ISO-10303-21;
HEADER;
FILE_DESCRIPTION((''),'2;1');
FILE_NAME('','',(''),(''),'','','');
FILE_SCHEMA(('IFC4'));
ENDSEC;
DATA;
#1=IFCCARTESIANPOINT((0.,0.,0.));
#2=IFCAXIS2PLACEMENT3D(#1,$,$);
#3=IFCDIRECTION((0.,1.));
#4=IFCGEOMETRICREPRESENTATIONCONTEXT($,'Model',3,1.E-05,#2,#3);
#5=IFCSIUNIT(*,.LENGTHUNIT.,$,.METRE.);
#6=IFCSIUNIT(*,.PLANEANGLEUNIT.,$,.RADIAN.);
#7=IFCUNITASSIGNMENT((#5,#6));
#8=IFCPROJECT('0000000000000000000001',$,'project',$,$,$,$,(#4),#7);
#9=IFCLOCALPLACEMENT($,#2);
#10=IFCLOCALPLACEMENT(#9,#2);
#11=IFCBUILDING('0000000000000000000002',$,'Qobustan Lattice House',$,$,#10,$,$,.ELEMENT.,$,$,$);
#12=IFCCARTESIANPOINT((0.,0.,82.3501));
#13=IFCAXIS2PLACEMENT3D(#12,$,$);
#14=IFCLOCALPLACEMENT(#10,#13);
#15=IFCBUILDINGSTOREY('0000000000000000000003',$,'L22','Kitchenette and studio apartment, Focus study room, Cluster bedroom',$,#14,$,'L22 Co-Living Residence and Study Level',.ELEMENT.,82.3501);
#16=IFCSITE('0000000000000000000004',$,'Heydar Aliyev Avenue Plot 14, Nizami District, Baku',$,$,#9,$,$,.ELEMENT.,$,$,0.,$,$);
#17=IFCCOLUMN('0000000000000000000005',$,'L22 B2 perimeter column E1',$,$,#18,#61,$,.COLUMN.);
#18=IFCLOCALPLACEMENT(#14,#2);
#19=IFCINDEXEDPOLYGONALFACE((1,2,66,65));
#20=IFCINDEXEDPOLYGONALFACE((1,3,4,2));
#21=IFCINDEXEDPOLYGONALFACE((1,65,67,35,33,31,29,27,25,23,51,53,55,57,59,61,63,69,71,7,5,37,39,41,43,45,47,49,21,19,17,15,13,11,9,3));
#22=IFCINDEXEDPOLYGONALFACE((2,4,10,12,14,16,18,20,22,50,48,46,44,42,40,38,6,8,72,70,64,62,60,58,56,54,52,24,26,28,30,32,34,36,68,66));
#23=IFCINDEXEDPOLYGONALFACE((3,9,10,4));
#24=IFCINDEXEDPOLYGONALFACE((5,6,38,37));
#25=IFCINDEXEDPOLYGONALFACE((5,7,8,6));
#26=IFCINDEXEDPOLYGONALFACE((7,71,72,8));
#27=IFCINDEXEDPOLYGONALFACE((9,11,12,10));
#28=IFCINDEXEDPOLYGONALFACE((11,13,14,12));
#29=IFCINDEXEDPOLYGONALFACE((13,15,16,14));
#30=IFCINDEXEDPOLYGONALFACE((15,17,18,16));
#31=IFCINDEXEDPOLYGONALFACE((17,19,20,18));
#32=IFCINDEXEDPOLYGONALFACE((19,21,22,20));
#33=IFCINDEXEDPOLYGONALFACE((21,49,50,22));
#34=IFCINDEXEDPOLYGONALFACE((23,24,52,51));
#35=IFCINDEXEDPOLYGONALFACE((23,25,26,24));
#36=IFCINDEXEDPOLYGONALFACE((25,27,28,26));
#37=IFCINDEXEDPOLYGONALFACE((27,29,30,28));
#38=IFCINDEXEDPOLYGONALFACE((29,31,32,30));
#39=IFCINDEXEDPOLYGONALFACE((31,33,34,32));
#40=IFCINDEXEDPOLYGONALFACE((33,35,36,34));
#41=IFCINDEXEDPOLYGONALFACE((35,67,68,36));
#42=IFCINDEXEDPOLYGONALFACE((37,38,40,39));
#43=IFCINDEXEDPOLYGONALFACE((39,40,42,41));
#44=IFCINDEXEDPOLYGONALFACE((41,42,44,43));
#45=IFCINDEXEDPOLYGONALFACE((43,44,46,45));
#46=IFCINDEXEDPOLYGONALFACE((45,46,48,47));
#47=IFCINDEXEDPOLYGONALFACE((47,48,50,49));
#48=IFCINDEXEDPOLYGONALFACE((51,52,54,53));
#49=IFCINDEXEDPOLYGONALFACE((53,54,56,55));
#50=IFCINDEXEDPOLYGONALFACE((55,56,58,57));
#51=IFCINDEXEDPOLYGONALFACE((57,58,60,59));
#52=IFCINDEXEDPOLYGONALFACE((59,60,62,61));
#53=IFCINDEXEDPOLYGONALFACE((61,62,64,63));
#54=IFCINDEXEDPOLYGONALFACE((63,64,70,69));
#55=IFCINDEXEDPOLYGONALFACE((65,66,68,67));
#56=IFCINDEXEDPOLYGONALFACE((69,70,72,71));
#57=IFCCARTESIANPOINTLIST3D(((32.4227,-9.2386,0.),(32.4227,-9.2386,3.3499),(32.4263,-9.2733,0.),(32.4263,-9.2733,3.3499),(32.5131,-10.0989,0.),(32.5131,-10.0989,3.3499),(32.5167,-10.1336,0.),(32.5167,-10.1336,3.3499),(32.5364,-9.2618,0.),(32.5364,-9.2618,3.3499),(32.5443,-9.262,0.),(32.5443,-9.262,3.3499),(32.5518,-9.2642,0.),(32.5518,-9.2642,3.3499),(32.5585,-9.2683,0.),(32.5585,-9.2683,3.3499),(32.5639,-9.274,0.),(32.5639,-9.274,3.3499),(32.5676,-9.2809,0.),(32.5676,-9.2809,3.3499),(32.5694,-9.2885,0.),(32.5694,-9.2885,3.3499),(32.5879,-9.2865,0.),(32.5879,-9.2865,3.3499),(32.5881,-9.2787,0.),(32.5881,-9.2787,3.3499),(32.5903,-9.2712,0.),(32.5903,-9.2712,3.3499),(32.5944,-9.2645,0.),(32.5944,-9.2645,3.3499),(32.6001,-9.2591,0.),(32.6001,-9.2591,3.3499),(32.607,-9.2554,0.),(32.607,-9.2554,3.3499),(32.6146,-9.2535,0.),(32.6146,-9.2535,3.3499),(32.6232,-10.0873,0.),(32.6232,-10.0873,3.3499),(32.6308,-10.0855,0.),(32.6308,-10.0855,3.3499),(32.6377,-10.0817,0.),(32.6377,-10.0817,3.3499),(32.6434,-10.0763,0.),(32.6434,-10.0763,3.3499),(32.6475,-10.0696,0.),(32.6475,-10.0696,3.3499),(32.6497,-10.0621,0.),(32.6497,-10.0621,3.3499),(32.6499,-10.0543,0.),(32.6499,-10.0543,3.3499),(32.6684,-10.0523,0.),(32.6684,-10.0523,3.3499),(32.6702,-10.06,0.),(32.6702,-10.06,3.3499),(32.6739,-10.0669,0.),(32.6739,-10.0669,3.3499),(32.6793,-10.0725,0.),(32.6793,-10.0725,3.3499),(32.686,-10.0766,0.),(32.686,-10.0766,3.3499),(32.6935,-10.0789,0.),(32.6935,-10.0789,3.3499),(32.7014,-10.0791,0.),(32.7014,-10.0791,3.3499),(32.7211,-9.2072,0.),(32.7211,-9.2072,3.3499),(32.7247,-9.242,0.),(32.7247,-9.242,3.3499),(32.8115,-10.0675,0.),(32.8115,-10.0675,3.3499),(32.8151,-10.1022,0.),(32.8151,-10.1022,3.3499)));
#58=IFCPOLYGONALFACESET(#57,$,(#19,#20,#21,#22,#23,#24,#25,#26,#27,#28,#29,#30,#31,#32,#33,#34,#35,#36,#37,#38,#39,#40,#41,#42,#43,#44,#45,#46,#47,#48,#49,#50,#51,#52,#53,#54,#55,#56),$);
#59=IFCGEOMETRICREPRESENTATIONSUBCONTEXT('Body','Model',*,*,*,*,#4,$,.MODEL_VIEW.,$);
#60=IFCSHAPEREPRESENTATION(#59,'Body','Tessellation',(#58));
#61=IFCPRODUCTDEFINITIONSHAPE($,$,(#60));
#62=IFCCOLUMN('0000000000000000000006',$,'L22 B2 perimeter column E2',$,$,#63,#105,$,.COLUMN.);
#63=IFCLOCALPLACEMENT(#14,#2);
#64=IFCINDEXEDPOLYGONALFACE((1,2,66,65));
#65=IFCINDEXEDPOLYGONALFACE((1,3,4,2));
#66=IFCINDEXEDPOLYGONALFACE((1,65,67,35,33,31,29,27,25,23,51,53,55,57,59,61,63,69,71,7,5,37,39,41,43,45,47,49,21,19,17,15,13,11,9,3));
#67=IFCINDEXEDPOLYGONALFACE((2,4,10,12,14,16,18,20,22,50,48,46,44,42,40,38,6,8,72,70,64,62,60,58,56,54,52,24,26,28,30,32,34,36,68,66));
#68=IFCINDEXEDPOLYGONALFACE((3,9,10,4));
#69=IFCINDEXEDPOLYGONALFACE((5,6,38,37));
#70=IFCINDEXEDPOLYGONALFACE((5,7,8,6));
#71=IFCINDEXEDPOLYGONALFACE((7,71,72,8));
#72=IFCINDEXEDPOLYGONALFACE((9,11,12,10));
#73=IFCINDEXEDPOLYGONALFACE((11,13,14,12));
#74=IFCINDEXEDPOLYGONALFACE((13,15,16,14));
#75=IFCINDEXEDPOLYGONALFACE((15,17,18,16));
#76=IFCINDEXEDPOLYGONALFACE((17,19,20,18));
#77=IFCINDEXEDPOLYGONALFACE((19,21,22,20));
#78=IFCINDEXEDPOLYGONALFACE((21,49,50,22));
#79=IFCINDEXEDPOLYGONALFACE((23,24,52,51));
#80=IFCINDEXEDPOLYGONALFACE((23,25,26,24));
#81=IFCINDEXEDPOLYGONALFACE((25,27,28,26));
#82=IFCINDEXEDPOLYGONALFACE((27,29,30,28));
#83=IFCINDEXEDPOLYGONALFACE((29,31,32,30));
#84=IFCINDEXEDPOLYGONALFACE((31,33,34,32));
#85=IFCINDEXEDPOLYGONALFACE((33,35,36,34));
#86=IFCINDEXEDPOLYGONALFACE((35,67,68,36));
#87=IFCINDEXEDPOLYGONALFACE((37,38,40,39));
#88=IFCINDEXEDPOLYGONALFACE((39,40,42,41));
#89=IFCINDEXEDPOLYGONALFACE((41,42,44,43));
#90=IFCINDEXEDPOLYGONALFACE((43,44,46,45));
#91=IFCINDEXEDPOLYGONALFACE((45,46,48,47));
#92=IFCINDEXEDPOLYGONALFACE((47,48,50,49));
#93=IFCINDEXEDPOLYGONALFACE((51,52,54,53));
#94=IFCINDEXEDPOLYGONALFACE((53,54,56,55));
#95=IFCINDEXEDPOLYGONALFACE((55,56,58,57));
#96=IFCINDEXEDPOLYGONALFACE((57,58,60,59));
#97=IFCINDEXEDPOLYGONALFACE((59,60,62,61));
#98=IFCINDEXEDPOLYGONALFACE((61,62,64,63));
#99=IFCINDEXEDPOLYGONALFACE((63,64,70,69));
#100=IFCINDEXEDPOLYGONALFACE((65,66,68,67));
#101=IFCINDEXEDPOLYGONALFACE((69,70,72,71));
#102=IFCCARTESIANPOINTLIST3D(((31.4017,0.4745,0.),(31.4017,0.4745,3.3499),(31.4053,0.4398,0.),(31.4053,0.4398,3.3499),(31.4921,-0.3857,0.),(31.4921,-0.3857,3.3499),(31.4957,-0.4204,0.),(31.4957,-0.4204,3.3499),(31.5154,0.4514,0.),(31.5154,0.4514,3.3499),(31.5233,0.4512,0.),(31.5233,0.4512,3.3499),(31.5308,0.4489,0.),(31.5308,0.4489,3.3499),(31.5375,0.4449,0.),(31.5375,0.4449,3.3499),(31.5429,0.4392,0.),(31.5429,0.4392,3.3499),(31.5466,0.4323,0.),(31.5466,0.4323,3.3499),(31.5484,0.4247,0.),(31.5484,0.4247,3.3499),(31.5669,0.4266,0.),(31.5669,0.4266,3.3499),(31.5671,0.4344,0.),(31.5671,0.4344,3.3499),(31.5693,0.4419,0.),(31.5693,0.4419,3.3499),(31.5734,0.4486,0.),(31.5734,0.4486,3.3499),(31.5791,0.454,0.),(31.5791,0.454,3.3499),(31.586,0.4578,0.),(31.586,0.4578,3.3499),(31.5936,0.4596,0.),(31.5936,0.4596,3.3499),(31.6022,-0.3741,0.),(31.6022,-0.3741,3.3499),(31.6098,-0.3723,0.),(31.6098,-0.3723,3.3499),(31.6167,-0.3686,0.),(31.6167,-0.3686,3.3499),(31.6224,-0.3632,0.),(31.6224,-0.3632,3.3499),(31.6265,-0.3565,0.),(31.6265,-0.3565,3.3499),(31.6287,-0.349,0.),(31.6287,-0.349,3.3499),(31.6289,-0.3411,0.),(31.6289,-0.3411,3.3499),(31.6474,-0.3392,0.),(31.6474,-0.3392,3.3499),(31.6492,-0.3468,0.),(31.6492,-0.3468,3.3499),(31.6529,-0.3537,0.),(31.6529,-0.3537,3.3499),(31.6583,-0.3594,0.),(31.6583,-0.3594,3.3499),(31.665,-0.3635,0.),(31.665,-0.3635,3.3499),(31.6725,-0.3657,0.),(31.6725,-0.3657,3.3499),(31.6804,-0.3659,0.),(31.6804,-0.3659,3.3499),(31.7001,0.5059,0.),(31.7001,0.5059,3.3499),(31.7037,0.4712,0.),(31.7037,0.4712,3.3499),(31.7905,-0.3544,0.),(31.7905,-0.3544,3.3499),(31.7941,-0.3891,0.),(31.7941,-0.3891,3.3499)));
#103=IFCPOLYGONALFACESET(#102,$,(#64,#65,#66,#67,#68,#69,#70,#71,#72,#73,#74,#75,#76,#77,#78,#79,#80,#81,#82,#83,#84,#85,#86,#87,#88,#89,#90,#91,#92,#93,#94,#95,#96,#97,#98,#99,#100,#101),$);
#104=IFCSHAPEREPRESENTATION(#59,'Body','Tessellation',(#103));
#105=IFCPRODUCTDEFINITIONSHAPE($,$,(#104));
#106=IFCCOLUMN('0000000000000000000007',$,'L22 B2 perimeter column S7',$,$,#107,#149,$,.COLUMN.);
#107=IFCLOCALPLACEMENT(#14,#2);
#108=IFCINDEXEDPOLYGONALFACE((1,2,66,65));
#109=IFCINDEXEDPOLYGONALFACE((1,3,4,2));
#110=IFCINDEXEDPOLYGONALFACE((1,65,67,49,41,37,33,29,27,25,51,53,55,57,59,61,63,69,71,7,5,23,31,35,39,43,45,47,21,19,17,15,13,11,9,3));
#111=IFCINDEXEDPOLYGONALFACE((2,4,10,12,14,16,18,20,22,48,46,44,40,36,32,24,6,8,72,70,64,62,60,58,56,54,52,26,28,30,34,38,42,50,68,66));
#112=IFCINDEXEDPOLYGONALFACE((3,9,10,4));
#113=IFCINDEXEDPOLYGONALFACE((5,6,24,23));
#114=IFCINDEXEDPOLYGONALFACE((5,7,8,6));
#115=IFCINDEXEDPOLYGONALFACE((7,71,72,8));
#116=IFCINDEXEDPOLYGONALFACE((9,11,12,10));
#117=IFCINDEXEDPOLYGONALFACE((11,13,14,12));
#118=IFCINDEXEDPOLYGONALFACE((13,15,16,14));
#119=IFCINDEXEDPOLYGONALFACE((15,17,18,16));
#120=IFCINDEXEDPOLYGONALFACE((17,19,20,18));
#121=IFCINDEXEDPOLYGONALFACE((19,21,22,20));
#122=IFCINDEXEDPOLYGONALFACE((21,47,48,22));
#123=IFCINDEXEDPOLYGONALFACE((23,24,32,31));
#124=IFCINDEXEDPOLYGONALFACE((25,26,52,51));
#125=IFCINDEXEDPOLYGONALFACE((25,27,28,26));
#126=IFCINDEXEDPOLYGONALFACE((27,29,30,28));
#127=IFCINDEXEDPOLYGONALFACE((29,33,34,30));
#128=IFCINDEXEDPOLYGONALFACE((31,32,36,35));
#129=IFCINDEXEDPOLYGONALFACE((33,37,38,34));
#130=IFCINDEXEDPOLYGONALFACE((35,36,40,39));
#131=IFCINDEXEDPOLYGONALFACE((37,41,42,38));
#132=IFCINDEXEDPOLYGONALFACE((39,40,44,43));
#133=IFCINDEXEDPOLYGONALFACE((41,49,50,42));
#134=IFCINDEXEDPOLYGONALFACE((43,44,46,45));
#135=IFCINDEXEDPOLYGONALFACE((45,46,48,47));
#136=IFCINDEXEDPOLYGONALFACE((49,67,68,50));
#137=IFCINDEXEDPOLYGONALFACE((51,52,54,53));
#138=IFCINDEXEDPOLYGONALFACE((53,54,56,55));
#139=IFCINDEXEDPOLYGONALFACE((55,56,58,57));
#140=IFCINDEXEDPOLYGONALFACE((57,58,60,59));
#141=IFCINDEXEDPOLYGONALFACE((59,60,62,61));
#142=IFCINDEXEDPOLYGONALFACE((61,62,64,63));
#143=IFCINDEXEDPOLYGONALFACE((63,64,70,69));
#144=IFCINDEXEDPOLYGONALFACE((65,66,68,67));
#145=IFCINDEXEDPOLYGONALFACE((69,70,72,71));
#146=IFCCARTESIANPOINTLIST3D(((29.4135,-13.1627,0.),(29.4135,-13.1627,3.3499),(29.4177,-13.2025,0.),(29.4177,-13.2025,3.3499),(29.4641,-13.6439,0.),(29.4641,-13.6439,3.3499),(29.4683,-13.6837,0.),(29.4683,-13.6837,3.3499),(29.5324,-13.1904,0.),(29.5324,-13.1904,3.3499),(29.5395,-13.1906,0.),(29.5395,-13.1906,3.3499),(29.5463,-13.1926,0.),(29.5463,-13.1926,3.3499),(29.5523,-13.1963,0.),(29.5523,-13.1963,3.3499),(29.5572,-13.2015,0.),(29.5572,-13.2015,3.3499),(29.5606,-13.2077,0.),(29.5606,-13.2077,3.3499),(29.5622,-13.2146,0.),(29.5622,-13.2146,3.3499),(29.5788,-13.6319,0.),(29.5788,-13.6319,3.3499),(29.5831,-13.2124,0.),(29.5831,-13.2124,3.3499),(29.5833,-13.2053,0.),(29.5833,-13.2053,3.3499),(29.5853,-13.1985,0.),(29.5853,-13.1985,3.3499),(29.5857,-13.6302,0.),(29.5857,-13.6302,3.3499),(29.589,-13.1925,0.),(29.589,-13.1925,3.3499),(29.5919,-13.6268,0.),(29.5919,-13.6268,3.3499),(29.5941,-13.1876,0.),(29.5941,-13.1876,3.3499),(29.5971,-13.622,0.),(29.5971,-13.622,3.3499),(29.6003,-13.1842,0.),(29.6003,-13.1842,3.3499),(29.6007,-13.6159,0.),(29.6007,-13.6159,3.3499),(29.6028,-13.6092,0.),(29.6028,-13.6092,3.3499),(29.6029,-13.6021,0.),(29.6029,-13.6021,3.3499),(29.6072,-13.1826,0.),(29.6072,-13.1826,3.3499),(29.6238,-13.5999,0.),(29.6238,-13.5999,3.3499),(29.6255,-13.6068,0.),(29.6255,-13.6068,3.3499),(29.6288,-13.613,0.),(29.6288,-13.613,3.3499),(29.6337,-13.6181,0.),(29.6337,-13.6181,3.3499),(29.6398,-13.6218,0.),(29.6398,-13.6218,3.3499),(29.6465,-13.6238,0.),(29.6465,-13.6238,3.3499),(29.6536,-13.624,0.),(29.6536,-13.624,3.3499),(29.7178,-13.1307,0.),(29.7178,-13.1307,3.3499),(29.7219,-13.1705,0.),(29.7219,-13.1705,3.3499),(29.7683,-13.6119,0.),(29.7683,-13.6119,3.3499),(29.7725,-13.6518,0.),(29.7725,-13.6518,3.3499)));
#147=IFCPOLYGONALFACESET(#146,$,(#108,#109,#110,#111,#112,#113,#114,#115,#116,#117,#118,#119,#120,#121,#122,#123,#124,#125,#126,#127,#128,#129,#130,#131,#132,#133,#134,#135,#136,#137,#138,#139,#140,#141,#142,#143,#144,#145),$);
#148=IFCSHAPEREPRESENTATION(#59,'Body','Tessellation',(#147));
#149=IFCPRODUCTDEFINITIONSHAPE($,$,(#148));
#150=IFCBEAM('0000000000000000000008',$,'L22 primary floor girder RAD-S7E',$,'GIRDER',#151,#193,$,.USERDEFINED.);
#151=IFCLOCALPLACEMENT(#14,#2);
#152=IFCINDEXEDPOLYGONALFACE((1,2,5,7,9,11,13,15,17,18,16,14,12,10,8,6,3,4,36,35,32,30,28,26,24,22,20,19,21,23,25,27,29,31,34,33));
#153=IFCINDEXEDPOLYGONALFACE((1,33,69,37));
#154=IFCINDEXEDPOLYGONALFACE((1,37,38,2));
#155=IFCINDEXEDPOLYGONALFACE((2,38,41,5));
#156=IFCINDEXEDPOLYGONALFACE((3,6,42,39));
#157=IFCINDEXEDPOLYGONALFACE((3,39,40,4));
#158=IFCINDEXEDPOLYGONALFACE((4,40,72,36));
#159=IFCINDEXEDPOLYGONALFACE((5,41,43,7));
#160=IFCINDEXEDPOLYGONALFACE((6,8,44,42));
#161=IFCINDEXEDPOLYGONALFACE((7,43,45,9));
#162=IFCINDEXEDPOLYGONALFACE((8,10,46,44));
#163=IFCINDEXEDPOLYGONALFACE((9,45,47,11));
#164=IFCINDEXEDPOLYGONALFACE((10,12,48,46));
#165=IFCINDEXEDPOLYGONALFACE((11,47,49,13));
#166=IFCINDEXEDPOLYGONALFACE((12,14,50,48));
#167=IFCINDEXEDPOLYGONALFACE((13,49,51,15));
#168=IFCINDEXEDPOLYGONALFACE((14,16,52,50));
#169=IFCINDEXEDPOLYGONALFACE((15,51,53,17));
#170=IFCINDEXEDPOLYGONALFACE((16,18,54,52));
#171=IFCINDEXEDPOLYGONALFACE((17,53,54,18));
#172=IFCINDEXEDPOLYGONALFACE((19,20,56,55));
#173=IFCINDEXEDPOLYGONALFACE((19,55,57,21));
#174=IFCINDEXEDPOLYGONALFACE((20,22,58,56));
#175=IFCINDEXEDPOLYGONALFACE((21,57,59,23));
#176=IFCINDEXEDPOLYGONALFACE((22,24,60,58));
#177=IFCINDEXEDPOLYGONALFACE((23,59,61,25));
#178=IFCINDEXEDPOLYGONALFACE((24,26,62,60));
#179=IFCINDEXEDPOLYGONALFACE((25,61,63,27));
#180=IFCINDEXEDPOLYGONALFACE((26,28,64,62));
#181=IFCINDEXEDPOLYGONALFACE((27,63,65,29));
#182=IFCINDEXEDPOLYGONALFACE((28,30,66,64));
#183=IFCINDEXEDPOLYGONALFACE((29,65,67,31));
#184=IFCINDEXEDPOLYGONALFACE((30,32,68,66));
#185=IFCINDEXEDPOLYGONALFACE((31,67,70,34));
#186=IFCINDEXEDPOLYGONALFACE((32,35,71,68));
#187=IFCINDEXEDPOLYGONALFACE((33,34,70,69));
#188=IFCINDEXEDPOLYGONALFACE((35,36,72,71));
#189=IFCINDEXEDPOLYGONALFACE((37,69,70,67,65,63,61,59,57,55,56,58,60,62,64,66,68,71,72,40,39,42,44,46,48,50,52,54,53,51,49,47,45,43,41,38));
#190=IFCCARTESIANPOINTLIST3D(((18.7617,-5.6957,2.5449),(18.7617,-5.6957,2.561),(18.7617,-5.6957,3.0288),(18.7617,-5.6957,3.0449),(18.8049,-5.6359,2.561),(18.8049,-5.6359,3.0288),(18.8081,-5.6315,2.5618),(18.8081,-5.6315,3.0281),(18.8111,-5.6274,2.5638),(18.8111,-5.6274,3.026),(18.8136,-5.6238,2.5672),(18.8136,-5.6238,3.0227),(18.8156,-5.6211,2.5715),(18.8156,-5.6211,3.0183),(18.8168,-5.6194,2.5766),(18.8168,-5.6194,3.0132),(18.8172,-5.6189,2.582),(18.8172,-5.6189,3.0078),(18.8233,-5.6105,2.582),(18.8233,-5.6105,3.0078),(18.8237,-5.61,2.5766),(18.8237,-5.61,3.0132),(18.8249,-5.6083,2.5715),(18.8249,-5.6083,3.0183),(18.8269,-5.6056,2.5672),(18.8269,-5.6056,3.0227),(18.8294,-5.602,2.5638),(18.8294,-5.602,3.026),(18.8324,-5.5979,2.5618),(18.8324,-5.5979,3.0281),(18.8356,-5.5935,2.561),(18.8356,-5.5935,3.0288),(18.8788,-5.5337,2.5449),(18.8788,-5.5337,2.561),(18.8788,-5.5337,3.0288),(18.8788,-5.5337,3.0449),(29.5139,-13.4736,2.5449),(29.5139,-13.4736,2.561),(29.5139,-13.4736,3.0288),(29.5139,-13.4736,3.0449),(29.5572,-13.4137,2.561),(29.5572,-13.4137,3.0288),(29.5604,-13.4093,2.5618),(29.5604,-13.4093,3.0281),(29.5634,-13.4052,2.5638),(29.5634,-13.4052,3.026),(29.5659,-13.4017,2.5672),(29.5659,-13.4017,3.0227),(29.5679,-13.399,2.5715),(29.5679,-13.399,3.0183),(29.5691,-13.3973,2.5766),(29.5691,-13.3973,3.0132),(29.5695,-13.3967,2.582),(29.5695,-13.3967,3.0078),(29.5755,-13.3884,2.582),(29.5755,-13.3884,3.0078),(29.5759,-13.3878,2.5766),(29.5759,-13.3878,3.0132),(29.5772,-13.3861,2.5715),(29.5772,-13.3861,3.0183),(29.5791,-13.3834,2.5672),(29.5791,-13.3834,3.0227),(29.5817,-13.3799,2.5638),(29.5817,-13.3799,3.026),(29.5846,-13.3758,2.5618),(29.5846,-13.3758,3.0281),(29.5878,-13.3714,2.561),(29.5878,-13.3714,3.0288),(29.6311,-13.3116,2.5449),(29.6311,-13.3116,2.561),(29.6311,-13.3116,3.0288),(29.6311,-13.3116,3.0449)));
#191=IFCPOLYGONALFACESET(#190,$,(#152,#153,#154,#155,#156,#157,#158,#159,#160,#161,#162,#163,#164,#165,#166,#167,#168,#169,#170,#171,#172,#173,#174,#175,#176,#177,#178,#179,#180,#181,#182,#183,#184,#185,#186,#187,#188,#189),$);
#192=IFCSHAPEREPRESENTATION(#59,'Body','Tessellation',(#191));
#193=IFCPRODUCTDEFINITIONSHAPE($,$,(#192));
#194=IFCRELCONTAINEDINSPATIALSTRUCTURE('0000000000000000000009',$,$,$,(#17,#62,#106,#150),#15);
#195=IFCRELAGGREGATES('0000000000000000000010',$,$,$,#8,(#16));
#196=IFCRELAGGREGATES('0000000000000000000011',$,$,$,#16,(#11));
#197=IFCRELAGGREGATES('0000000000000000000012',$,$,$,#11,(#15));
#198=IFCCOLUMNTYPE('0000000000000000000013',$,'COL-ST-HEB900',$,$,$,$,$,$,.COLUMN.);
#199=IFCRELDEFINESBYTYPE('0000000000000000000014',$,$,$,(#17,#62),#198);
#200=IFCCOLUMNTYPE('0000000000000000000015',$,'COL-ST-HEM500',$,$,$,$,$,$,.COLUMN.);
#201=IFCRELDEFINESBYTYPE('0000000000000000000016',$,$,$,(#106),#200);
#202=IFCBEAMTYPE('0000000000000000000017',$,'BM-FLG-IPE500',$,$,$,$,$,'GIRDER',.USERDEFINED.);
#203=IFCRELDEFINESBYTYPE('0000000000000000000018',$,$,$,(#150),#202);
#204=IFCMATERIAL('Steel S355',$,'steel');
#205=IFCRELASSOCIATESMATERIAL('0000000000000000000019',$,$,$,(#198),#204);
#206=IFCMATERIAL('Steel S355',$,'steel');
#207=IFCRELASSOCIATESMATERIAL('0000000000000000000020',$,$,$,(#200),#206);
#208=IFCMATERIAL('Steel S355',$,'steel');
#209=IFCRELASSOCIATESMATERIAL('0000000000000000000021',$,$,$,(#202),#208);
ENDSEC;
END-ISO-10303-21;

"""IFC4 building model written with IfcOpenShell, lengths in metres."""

from ifc_helpers import new_model, si_unit, direction, frame, origin, origin_2d, place, context, subcontext, project, spatial, i_section, extrude, material, material_profile, profile_set, type_object, element, save


model = new_model("IFC4")

# Units and contexts
model_context = context("Model", 3, precision=1e-05, world=origin(), true_north=direction((0.0, 1.0)))
body_context = subcontext(model_context, "Body", "Model", "MODEL_VIEW")
ifc_project = project(units=[si_unit("LENGTHUNIT", "METRE"), si_unit("PLANEANGLEUNIT", "RADIAN")], contexts=[model_context])

# Site, building, storey
site_placement = place(None, origin())
site = spatial("IfcSite", under=ifc_project, at=site_placement, Name="Heydar Aliyev Avenue Plot 14, Nizami District, Baku", CompositionType="ELEMENT", RefElevation=0.0)
building_placement = place(site_placement, origin())
building = spatial("IfcBuilding", under=site, at=building_placement, Name="Qobustan Lattice House", CompositionType="ELEMENT")
storey_placement = place(building_placement, frame((0.0, 0.0, 82.3501)))
storey = spatial("IfcBuildingStorey", under=building, at=storey_placement, Name="L22", Description="Kitchenette and studio apartment, Focus study room, Cluster bedroom", LongName="L22 Co-Living Residence and Study Level", CompositionType="ELEMENT", Elevation=82.3501)

# Columns
ifc_material_1 = material(Name="Steel S355", Category="steel")
ifc_material_profile_1 = material_profile(ifc_material_1, i_section(OverallWidth=0.3, OverallDepth=0.8999, WebThickness=0.0186, FlangeThickness=0.0349, FilletRadius=0.03, at=origin_2d()), Name="HEB900")
ifc_profile_set_1 = profile_set([ifc_material_profile_1], Name="Steel S355")
column_type_1 = type_object("IfcColumnType", Name="COL-ST-HEB900", PredefinedType="COLUMN", material=ifc_profile_set_1)
for number, where, z_axis, x_axis, name in (
    (1, (32.6189, -9.6704, 0.0), (0.0, 0.0, 1.0), (0.994522, 0.104528, 0.0), "L22 B2 perimeter column E1"),
    (2, (31.5979, 0.0427, 0.0), (0.0, 0.0, 1.0), (0.994522, 0.104528, 0.0), "L22 B2 perimeter column E2"),
):
    element("IfcColumn", number, at=place(storey_placement, frame(where, z_axis=z_axis, x_axis=x_axis)), inside=storey, type_object=column_type_1, Name=name, PredefinedType="COLUMN", context=body_context, shape_type="SweptSolid", body=[
        extrude(i_section(OverallWidth=0.3, OverallDepth=0.8999, WebThickness=0.0186, FlangeThickness=0.0349, FilletRadius=0.03, at=origin_2d()), origin(), (0.0, 0.0, 1.0), 3.3499),
    ])
ifc_material_2 = material(Name="Steel S355", Category="steel")
ifc_material_profile_2 = material_profile(ifc_material_2, i_section(OverallWidth=0.3059, OverallDepth=0.5239, WebThickness=0.021, FlangeThickness=0.04, FilletRadius=0.0271, at=origin_2d()), Name="HEM500")
ifc_profile_set_2 = profile_set([ifc_material_profile_2], Name="Steel S355")
column_type_2 = type_object("IfcColumnType", Name="COL-ST-HEM500", PredefinedType="COLUMN", material=ifc_profile_set_2)
column_placement = place(storey_placement, frame((29.593, -13.4072, 0.0), z_axis=(0.0, 0.0, 1.0), x_axis=(0.994522, 0.104528, 0.0)))
element("IfcColumn", 3, at=column_placement, inside=storey, type_object=column_type_2, Name="L22 B2 perimeter column S7", PredefinedType="COLUMN", context=body_context, shape_type="SweptSolid", body=[
    extrude(i_section(OverallWidth=0.3059, OverallDepth=0.5239, WebThickness=0.021, FlangeThickness=0.04, FilletRadius=0.0271, at=origin_2d()), origin(), (0.0, 0.0, 1.0), 3.3499),
])

# Beam
ifc_material_3 = material(Name="Steel S355", Category="steel")
ifc_material_profile_3 = material_profile(ifc_material_3, i_section(OverallWidth=0.2, OverallDepth=0.5, WebThickness=0.0103, FlangeThickness=0.0161, FilletRadius=0.021, at=origin_2d()), Name="IPE500")
ifc_profile_set_3 = profile_set([ifc_material_profile_3], Name="Steel S355")
beam_type_1 = type_object("IfcBeamType", Name="BM-FLG-IPE500", ElementType="GIRDER", PredefinedType="USERDEFINED", material=ifc_profile_set_3)
beam_1_placement = place(storey_placement, frame((29.5725, -13.3926, 2.7949), z_axis=(-0.810237, 0.586102, 0.0), x_axis=(-0.586102, -0.810237, 0.0)))
element("IfcBeam", 4, at=beam_1_placement, inside=storey, type_object=beam_type_1, Name="L22 primary floor girder RAD-S7E", ObjectType="GIRDER", PredefinedType="USERDEFINED", context=body_context, shape_type="SweptSolid", body=[
    extrude(i_section(OverallWidth=0.2, OverallDepth=0.5, WebThickness=0.0103, FlangeThickness=0.0161, FilletRadius=0.021, at=origin_2d()), origin(), (0.0, 0.0, 1.0), 13.2705),
])

save(model, "model.ifc")
